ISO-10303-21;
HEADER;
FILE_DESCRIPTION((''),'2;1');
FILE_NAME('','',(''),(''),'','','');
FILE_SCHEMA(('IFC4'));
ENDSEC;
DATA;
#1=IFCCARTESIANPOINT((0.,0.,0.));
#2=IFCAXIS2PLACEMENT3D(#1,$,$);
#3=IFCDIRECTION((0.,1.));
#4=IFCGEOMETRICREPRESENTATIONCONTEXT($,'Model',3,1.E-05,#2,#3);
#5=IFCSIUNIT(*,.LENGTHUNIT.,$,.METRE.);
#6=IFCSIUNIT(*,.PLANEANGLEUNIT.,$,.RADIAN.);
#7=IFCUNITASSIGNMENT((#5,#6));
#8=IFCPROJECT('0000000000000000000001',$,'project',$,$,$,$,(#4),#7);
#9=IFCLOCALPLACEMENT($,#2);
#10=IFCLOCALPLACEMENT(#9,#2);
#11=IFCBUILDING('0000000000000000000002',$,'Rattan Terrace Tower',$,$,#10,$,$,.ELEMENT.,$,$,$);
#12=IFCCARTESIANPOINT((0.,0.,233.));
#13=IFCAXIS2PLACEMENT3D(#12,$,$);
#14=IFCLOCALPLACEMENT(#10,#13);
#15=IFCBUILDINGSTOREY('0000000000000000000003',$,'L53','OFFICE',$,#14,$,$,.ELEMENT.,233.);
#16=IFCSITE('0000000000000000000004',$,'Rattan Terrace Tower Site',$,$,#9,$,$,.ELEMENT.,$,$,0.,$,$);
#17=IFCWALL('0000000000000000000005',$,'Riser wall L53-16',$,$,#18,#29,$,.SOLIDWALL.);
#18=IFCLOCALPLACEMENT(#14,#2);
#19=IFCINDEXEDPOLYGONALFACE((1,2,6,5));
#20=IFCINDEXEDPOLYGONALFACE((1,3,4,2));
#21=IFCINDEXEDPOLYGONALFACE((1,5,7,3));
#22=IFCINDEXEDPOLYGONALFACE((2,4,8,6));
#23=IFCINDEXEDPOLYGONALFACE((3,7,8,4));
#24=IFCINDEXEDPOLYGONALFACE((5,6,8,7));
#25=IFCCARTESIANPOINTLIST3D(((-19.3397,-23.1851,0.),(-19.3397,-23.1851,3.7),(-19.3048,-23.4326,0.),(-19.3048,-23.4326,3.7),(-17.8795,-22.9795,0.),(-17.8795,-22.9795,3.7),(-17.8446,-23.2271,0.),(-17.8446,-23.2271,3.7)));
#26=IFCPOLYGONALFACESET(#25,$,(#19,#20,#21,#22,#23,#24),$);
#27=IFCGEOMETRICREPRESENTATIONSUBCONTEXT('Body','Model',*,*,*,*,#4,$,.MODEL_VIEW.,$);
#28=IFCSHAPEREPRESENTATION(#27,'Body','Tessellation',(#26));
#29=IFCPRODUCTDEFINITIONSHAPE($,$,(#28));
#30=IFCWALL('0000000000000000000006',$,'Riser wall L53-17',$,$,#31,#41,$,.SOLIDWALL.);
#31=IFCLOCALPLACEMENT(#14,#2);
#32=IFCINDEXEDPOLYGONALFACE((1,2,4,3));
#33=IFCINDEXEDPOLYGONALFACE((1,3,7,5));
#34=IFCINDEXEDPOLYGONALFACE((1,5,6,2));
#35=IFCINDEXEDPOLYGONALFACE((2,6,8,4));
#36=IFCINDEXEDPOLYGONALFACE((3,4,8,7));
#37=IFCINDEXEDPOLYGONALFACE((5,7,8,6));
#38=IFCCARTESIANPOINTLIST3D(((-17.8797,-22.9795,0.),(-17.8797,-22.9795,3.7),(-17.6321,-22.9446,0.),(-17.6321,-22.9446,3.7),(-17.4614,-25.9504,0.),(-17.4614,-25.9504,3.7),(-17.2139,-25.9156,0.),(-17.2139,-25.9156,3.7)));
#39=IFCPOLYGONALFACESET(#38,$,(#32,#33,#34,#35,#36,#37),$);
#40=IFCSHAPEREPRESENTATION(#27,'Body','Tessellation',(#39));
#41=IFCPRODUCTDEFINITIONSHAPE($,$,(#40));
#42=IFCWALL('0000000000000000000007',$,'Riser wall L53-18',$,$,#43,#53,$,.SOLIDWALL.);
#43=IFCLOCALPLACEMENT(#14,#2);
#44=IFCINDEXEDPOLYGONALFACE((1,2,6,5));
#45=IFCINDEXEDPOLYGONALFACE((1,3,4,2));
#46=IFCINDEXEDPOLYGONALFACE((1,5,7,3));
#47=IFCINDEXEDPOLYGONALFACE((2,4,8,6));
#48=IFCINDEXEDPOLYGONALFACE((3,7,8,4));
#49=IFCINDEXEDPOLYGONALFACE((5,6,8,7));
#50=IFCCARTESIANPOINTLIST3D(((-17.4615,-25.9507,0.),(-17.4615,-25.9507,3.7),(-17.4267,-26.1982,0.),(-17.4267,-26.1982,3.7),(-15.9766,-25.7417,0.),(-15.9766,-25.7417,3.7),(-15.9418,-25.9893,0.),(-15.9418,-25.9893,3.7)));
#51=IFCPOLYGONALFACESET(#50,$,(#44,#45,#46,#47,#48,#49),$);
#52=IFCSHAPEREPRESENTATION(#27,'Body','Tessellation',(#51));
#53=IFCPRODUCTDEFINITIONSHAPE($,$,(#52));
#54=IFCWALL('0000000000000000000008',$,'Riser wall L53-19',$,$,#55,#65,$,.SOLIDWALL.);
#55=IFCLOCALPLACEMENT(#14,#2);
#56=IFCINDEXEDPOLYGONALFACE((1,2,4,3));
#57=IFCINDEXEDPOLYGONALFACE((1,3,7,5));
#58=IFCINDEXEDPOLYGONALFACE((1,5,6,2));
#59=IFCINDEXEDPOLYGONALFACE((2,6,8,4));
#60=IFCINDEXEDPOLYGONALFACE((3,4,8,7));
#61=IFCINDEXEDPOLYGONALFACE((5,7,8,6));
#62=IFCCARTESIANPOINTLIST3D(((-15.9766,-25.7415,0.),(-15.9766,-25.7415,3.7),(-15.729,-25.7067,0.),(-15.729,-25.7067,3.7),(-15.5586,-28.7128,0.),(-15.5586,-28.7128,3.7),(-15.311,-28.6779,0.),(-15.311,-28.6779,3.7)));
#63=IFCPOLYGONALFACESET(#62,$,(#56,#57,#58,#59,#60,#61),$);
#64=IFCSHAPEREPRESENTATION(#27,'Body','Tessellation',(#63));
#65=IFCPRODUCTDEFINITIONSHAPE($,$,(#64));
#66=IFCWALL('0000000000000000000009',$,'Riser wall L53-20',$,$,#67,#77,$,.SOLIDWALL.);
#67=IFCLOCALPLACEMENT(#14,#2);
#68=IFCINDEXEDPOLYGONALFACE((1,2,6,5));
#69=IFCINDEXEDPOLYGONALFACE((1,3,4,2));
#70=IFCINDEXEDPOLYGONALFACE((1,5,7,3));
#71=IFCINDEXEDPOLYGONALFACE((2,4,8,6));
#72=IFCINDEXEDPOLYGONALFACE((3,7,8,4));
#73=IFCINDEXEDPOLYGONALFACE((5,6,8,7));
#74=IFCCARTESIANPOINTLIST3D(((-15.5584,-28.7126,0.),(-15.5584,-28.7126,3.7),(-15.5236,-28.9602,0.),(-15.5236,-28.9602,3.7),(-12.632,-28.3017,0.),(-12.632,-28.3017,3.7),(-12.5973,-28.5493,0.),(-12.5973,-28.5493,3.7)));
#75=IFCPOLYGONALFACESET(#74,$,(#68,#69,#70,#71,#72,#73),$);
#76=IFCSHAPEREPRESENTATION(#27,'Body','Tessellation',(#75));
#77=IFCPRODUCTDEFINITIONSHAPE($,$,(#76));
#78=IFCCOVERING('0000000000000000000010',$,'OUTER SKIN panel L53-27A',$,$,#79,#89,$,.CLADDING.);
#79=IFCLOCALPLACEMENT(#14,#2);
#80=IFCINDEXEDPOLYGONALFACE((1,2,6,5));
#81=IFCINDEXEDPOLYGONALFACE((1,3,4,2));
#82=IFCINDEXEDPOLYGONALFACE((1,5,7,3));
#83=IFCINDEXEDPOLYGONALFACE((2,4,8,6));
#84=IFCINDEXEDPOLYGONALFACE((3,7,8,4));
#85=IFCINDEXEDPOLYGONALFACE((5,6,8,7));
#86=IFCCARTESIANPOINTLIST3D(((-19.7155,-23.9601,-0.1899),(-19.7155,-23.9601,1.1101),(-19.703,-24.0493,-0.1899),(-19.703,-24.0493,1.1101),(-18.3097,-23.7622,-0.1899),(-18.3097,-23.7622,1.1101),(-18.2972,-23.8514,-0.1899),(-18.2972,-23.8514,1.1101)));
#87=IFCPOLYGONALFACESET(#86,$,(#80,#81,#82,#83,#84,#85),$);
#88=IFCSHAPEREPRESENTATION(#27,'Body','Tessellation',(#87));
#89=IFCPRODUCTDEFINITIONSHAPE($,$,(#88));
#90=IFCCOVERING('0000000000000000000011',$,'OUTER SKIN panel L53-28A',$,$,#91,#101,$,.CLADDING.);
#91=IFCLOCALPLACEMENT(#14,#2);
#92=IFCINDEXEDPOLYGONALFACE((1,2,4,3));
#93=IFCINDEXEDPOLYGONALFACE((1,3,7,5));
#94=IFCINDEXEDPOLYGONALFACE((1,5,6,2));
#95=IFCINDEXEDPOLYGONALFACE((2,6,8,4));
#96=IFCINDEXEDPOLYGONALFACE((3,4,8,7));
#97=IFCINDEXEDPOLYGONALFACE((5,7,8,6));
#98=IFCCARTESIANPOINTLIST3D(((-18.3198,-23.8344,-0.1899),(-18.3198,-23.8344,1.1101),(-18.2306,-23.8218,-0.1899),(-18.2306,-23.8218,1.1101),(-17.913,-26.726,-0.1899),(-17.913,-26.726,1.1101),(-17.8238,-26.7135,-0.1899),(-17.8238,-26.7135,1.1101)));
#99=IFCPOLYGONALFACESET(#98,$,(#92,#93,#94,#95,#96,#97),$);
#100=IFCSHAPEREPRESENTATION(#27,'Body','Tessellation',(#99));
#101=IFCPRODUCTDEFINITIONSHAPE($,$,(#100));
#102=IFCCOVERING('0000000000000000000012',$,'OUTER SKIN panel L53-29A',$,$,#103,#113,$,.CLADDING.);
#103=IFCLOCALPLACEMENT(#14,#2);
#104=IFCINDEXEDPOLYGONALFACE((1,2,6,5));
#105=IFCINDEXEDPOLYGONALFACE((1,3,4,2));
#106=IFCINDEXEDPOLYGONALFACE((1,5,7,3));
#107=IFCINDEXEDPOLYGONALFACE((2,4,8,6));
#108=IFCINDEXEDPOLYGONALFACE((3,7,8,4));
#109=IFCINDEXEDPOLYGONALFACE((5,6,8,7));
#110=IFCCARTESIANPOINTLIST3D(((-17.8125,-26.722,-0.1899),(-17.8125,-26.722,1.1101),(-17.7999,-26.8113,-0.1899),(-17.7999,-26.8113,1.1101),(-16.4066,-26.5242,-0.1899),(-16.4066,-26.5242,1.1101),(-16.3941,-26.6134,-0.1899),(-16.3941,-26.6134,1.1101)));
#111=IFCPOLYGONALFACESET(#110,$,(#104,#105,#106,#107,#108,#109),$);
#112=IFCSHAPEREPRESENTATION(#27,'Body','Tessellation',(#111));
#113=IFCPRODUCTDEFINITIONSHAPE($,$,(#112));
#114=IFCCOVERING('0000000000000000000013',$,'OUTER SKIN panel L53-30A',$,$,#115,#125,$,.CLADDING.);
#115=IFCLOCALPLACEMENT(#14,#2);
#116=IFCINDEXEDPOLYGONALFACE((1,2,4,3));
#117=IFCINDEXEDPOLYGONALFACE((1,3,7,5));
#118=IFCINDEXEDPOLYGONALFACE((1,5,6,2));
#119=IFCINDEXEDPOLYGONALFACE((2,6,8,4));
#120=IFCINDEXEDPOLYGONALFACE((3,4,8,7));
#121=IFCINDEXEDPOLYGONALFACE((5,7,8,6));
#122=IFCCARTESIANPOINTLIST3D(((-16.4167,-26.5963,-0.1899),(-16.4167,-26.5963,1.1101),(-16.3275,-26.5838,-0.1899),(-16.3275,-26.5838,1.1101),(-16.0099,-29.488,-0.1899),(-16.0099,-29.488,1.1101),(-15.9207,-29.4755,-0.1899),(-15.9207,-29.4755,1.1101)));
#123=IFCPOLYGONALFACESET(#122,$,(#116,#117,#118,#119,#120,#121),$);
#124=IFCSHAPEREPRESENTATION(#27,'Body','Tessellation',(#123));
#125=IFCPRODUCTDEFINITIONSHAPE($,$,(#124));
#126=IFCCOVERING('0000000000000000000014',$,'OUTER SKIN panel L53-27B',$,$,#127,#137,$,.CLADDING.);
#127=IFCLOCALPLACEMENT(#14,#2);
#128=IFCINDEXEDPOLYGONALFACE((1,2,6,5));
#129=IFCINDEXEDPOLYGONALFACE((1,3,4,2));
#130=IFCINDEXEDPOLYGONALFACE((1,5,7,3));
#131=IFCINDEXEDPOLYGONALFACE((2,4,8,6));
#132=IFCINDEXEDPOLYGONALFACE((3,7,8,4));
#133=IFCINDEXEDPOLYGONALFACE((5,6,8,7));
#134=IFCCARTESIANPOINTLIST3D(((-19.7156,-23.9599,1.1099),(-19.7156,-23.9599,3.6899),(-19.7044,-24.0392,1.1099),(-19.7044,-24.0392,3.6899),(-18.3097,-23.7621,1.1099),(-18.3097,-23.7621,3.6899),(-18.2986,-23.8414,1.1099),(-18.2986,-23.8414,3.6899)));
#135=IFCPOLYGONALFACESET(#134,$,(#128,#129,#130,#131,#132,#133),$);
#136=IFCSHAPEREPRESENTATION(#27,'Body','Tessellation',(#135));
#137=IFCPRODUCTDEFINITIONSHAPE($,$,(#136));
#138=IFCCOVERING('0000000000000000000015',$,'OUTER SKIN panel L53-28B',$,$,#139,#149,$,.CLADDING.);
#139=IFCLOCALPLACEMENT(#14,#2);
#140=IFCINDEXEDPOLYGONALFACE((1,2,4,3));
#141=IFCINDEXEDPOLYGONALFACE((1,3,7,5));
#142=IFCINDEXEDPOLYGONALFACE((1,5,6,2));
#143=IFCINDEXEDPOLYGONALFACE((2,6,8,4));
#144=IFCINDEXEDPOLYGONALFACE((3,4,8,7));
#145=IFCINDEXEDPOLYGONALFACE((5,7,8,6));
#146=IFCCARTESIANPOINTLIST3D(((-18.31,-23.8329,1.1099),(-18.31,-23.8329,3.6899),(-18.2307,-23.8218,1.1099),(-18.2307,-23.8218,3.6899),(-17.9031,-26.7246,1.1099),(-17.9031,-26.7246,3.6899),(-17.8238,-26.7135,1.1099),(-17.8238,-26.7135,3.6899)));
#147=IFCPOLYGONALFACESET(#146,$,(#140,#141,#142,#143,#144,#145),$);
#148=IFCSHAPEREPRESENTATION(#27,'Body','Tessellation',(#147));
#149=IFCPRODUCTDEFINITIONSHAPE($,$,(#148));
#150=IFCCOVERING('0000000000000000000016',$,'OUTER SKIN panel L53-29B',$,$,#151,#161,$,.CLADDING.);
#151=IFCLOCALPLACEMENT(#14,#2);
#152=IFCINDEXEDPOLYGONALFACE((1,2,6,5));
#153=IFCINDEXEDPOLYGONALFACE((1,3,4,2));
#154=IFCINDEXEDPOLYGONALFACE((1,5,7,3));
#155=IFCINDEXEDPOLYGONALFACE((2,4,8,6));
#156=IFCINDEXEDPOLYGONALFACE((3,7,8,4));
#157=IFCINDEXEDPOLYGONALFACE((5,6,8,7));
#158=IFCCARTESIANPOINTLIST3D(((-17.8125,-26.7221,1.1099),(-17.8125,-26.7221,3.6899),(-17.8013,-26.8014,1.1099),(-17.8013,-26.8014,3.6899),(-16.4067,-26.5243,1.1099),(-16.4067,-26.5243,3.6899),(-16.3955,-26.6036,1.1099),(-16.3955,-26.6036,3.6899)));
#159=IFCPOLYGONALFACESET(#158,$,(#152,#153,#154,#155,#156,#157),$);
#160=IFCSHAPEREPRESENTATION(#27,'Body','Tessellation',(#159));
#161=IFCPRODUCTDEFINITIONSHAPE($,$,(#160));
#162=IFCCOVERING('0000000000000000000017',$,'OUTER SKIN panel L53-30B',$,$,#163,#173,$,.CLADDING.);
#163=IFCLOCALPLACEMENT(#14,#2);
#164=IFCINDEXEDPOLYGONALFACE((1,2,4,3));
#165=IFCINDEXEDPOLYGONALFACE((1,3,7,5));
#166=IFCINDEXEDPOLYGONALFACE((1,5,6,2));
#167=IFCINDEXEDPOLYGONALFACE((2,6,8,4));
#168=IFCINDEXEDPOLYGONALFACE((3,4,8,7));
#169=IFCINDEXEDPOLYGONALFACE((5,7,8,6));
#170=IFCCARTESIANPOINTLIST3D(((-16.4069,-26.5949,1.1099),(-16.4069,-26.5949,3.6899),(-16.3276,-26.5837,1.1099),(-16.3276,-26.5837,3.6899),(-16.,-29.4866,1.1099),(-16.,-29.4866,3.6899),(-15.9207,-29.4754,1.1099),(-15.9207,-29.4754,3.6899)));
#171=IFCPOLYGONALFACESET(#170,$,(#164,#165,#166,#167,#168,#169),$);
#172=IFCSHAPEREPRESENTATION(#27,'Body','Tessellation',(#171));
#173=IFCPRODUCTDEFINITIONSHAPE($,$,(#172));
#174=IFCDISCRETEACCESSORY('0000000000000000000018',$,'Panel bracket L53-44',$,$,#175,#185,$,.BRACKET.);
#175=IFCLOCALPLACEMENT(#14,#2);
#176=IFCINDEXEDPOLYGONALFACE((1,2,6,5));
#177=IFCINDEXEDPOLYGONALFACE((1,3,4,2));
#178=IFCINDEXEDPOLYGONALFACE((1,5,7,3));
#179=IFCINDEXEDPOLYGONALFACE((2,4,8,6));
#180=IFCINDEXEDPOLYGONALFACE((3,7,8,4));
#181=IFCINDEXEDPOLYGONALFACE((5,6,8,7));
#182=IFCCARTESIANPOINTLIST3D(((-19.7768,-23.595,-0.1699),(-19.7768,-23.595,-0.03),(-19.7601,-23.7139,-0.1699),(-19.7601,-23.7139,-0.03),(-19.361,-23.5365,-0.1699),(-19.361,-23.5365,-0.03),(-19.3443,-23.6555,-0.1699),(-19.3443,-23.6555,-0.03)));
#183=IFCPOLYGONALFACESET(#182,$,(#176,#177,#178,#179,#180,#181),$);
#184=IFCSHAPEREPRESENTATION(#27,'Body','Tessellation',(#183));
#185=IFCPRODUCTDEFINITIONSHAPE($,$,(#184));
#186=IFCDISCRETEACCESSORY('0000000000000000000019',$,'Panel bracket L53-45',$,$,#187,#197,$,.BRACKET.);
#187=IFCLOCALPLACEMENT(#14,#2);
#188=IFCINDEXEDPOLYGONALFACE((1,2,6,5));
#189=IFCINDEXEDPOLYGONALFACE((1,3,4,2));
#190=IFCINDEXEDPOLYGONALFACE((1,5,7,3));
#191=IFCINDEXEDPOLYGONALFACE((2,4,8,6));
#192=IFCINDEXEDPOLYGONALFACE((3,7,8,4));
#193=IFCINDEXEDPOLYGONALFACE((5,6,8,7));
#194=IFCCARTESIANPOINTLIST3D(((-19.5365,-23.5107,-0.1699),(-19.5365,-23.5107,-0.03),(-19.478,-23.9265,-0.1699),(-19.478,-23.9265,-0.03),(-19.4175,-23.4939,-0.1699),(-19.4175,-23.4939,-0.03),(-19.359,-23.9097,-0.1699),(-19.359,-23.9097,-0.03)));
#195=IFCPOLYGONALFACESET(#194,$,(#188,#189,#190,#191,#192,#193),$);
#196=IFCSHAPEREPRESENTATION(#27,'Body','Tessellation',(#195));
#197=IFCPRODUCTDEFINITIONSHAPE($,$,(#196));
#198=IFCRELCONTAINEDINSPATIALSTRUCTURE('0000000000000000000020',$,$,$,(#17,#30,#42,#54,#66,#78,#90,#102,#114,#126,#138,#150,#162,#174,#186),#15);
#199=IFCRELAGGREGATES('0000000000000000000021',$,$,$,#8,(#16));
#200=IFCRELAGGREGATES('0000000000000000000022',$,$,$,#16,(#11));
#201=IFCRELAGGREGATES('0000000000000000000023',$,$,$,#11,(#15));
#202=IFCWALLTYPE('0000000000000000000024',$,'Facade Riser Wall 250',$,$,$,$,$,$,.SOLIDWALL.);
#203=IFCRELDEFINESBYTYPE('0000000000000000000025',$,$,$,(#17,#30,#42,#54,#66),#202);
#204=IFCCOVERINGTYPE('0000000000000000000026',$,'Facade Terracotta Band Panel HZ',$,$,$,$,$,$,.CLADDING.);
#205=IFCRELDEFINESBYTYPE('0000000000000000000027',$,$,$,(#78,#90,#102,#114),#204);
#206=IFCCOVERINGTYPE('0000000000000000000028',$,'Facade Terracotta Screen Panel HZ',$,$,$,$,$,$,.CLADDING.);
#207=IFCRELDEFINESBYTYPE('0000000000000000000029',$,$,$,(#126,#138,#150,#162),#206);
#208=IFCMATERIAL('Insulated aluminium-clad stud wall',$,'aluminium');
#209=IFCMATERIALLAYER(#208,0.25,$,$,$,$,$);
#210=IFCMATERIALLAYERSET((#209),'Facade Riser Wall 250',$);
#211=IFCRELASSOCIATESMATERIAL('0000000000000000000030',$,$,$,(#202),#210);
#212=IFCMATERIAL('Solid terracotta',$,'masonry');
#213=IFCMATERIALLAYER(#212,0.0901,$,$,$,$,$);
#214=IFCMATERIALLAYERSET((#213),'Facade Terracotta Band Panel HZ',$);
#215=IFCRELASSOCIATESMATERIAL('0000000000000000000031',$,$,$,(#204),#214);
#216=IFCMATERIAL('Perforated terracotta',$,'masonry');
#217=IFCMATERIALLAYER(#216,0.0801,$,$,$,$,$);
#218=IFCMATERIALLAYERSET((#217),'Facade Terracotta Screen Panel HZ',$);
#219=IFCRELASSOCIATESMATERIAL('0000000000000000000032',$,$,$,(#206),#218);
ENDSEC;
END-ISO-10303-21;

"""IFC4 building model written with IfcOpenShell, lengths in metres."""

from ifc_helpers import new_model, si_unit, direction, frame, frame_2d, origin, origin_2d, place, context, subcontext, project, spatial, rectangle, extrude, material, layer, layer_set, type_object, element, save


model = new_model("IFC4")

# Units and contexts
model_context = context("Model", 3, precision=1e-05, world=origin(), true_north=direction((0.0, 1.0)))
body_context = subcontext(model_context, "Body", "Model", "MODEL_VIEW")
ifc_project = project(units=[si_unit("LENGTHUNIT", "METRE"), si_unit("PLANEANGLEUNIT", "RADIAN")], contexts=[model_context])

# Site, building, storey
site_placement = place(None, origin())
site = spatial("IfcSite", under=ifc_project, at=site_placement, Name="Rattan Terrace Tower Site", CompositionType="ELEMENT", RefElevation=0.0)
building_placement = place(site_placement, origin())
building = spatial("IfcBuilding", under=site, at=building_placement, Name="Rattan Terrace Tower", CompositionType="ELEMENT")
storey_placement = place(building_placement, frame((0.0, 0.0, 233.0)))
storey = spatial("IfcBuildingStorey", under=building, at=storey_placement, Name="L53", Description="OFFICE", CompositionType="ELEMENT", Elevation=233.0)

# Walls
ifc_material_1 = material(Name="Insulated aluminium-clad stud wall", Category="aluminium")
ifc_layer_1 = layer(ifc_material_1, 0.25)
ifc_layer_set_1 = layer_set([ifc_layer_1], Name="Facade Riser Wall 250")
wall_type = type_object("IfcWallType", Name="Facade Riser Wall 250", PredefinedType="SOLIDWALL", material=ifc_layer_set_1)
wall_1_placement = place(storey_placement, frame((-19.3223, -23.3088, 0.0), z_axis=(0.0, 0.0, 1.0), x_axis=(0.990236, 0.139404, 0.0)))
element("IfcWall", 1, at=wall_1_placement, inside=storey, type_object=wall_type, Name="Riser wall L53-16", PredefinedType="SOLIDWALL", context=body_context, shape_type="SweptSolid", body=[
    extrude(rectangle(XDim=1.4746, YDim=0.25, at=frame_2d((0.7373, 0.0))), origin(), (0.0, 0.0, 1.0), 3.7),
])
wall_2_placement = place(storey_placement, frame((-17.7559, -22.9622, 0.0), z_axis=(0.0, 0.0, 1.0), x_axis=(0.139393, -0.990237, 0.0)))
element("IfcWall", 2, at=wall_2_placement, inside=storey, type_object=wall_type, Name="Riser wall L53-17", PredefinedType="SOLIDWALL", context=body_context, shape_type="SweptSolid", body=[
    extrude(rectangle(XDim=3.0002, YDim=0.25, at=frame_2d((1.5, 0.0))), origin(), (0.0, 0.0, 1.0), 3.7),
])
wall_3_placement = place(storey_placement, frame((-17.4441, -26.0745, 0.0), z_axis=(0.0, 0.0, 1.0), x_axis=(0.99024, 0.13937, 0.0)))
element("IfcWall", 3, at=wall_3_placement, inside=storey, type_object=wall_type, Name="Riser wall L53-18", PredefinedType="SOLIDWALL", context=body_context, shape_type="SweptSolid", body=[
    extrude(rectangle(XDim=1.4995, YDim=0.25, at=frame_2d((0.7498, 0.0))), origin(), (0.0, 0.0, 1.0), 3.7),
])
wall_4_placement = place(storey_placement, frame((-15.8528, -25.7241, 0.0), z_axis=(0.0, 0.0, 1.0), x_axis=(0.139302, -0.99025, 0.0)))
element("IfcWall", 4, at=wall_4_placement, inside=storey, type_object=wall_type, Name="Riser wall L53-19", PredefinedType="SOLIDWALL", context=body_context, shape_type="SweptSolid", body=[
    extrude(rectangle(XDim=3.0005, YDim=0.25, at=frame_2d((1.5002, 0.0))), origin(), (0.0, 0.0, 1.0), 3.7),
])
wall_5_placement = place(storey_placement, frame((-15.541, -28.8364, 0.0), z_axis=(0.0, 0.0, 1.0), x_axis=(0.990285, 0.13905, 0.0)))
element("IfcWall", 5, at=wall_5_placement, inside=storey, type_object=wall_type, Name="Riser wall L53-20", PredefinedType="SOLIDWALL", context=body_context, shape_type="SweptSolid", body=[
    extrude(rectangle(XDim=2.9551, YDim=0.25, at=frame_2d((1.4775, 0.0))), origin(), (0.0, 0.0, 1.0), 3.7),
])

# Coverings
ifc_material_2 = material(Name="Solid terracotta", Category="masonry")
ifc_layer_2 = layer(ifc_material_2, 0.0901)
ifc_layer_set_2 = layer_set([ifc_layer_2], Name="Facade Terracotta Band Panel HZ")
covering_type_1 = type_object("IfcCoveringType", Name="Facade Terracotta Band Panel HZ", PredefinedType="CLADDING", material=ifc_layer_set_2)
covering_1_placement = place(storey_placement, frame((-19.0063, -23.9058, -0.1899), z_axis=(0.0, 0.0, 1.0), x_axis=(0.990241, 0.139367, 0.0)))
element("IfcCovering", 6, at=covering_1_placement, inside=storey, type_object=covering_type_1, Name="OUTER SKIN panel L53-27A", PredefinedType="CLADDING", context=body_context, shape_type="SweptSolid", body=[
    extrude(rectangle(XDim=1.4197, YDim=0.0901, at=origin_2d()), origin(), (0.0, 0.0, 1.0), 1.3),
])
covering_2_placement = place(storey_placement, frame((-18.0718, -25.2739, -0.1899), z_axis=(0.0, 0.0, 1.0), x_axis=(0.139321, -0.990247, 0.0)))
element("IfcCovering", 7, at=covering_2_placement, inside=storey, type_object=covering_type_1, Name="OUTER SKIN panel L53-28A", PredefinedType="CLADDING", context=body_context, shape_type="SweptSolid", body=[
    extrude(rectangle(XDim=2.9202, YDim=0.0901, at=origin_2d()), origin(), (0.0, 0.0, 1.0), 1.3),
])
covering_3_placement = place(storey_placement, frame((-17.1033, -26.6677, -0.1899), z_axis=(0.0, 0.0, 1.0), x_axis=(0.990241, 0.139367, 0.0)))
element("IfcCovering", 8, at=covering_3_placement, inside=storey, type_object=covering_type_1, Name="OUTER SKIN panel L53-29A", PredefinedType="CLADDING", context=body_context, shape_type="SweptSolid", body=[
    extrude(rectangle(XDim=1.4197, YDim=0.0901, at=origin_2d()), origin(), (0.0, 0.0, 1.0), 1.3),
])
covering_4_placement = place(storey_placement, frame((-16.1687, -28.0359, -0.1899), z_axis=(0.0, 0.0, 1.0), x_axis=(0.139321, -0.990247, 0.0)))
element("IfcCovering", 9, at=covering_4_placement, inside=storey, type_object=covering_type_1, Name="OUTER SKIN panel L53-30A", PredefinedType="CLADDING", context=body_context, shape_type="SweptSolid", body=[
    extrude(rectangle(XDim=2.9202, YDim=0.0901, at=origin_2d()), origin(), (0.0, 0.0, 1.0), 1.3),
])
ifc_material_3 = material(Name="Perforated terracotta", Category="masonry")
ifc_layer_3 = layer(ifc_material_3, 0.0801)
ifc_layer_set_3 = layer_set([ifc_layer_3], Name="Facade Terracotta Screen Panel HZ")
covering_type_2 = type_object("IfcCoveringType", Name="Facade Terracotta Screen Panel HZ", PredefinedType="CLADDING", material=ifc_layer_set_3)
covering_5_placement = place(storey_placement, frame((-19.0071, -23.9006, 1.1099), z_axis=(0.0, 0.0, 1.0), x_axis=(0.990241, 0.139367, 0.0)))
element("IfcCovering", 10, at=covering_5_placement, inside=storey, type_object=covering_type_2, Name="OUTER SKIN panel L53-27B", PredefinedType="CLADDING", context=body_context, shape_type="SweptSolid", body=[
    extrude(rectangle(XDim=1.4197, YDim=0.0801, at=origin_2d()), origin(), (0.0, 0.0, 1.0), 2.5801),
])
covering_6_placement = place(storey_placement, frame((-18.0669, -25.2732, 1.1099), z_axis=(0.0, 0.0, 1.0), x_axis=(0.139321, -0.990247, 0.0)))
element("IfcCovering", 11, at=covering_6_placement, inside=storey, type_object=covering_type_2, Name="OUTER SKIN panel L53-28B", PredefinedType="CLADDING", context=body_context, shape_type="SweptSolid", body=[
    extrude(rectangle(XDim=2.9202, YDim=0.0801, at=origin_2d()), origin(), (0.0, 0.0, 1.0), 2.5801),
])
covering_7_placement = place(storey_placement, frame((-17.104, -26.6628, 1.1099), z_axis=(0.0, 0.0, 1.0), x_axis=(0.990241, 0.139367, 0.0)))
element("IfcCovering", 12, at=covering_7_placement, inside=storey, type_object=covering_type_2, Name="OUTER SKIN panel L53-29B", PredefinedType="CLADDING", context=body_context, shape_type="SweptSolid", body=[
    extrude(rectangle(XDim=1.4197, YDim=0.0801, at=origin_2d()), origin(), (0.0, 0.0, 1.0), 2.5801),
])
covering_8_placement = place(storey_placement, frame((-16.1638, -28.0352, 1.1099), z_axis=(0.0, 0.0, 1.0), x_axis=(0.139321, -0.990247, 0.0)))
element("IfcCovering", 13, at=covering_8_placement, inside=storey, type_object=covering_type_2, Name="OUTER SKIN panel L53-30B", PredefinedType="CLADDING", context=body_context, shape_type="SweptSolid", body=[
    extrude(rectangle(XDim=2.9202, YDim=0.0801, at=origin_2d()), origin(), (0.0, 0.0, 1.0), 2.5801),
])

# Discrete accessories
for number, where, z_axis, x_axis, name in (
    (14, (-19.5605, -23.6252, -0.1699), (0.0, 0.0, 1.0), (0.139186, -0.990266, 0.0), "Panel bracket L53-44"),
    (15, (-19.4478, -23.7102, -0.1699), (0.0, 0.0, 1.0), (0.990241, 0.139367, 0.0), "Panel bracket L53-45"),
):
    element("IfcDiscreteAccessory", number, at=place(storey_placement, frame(where, z_axis=z_axis, x_axis=x_axis)), inside=storey, Name=name, PredefinedType="BRACKET", context=body_context, shape_type="SweptSolid", body=[
        extrude(rectangle(XDim=0.1201, YDim=0.4199, at=origin_2d()), origin(), (0.0, 0.0, 1.0), 0.1399),
    ])

save(model, "model.ifc")
